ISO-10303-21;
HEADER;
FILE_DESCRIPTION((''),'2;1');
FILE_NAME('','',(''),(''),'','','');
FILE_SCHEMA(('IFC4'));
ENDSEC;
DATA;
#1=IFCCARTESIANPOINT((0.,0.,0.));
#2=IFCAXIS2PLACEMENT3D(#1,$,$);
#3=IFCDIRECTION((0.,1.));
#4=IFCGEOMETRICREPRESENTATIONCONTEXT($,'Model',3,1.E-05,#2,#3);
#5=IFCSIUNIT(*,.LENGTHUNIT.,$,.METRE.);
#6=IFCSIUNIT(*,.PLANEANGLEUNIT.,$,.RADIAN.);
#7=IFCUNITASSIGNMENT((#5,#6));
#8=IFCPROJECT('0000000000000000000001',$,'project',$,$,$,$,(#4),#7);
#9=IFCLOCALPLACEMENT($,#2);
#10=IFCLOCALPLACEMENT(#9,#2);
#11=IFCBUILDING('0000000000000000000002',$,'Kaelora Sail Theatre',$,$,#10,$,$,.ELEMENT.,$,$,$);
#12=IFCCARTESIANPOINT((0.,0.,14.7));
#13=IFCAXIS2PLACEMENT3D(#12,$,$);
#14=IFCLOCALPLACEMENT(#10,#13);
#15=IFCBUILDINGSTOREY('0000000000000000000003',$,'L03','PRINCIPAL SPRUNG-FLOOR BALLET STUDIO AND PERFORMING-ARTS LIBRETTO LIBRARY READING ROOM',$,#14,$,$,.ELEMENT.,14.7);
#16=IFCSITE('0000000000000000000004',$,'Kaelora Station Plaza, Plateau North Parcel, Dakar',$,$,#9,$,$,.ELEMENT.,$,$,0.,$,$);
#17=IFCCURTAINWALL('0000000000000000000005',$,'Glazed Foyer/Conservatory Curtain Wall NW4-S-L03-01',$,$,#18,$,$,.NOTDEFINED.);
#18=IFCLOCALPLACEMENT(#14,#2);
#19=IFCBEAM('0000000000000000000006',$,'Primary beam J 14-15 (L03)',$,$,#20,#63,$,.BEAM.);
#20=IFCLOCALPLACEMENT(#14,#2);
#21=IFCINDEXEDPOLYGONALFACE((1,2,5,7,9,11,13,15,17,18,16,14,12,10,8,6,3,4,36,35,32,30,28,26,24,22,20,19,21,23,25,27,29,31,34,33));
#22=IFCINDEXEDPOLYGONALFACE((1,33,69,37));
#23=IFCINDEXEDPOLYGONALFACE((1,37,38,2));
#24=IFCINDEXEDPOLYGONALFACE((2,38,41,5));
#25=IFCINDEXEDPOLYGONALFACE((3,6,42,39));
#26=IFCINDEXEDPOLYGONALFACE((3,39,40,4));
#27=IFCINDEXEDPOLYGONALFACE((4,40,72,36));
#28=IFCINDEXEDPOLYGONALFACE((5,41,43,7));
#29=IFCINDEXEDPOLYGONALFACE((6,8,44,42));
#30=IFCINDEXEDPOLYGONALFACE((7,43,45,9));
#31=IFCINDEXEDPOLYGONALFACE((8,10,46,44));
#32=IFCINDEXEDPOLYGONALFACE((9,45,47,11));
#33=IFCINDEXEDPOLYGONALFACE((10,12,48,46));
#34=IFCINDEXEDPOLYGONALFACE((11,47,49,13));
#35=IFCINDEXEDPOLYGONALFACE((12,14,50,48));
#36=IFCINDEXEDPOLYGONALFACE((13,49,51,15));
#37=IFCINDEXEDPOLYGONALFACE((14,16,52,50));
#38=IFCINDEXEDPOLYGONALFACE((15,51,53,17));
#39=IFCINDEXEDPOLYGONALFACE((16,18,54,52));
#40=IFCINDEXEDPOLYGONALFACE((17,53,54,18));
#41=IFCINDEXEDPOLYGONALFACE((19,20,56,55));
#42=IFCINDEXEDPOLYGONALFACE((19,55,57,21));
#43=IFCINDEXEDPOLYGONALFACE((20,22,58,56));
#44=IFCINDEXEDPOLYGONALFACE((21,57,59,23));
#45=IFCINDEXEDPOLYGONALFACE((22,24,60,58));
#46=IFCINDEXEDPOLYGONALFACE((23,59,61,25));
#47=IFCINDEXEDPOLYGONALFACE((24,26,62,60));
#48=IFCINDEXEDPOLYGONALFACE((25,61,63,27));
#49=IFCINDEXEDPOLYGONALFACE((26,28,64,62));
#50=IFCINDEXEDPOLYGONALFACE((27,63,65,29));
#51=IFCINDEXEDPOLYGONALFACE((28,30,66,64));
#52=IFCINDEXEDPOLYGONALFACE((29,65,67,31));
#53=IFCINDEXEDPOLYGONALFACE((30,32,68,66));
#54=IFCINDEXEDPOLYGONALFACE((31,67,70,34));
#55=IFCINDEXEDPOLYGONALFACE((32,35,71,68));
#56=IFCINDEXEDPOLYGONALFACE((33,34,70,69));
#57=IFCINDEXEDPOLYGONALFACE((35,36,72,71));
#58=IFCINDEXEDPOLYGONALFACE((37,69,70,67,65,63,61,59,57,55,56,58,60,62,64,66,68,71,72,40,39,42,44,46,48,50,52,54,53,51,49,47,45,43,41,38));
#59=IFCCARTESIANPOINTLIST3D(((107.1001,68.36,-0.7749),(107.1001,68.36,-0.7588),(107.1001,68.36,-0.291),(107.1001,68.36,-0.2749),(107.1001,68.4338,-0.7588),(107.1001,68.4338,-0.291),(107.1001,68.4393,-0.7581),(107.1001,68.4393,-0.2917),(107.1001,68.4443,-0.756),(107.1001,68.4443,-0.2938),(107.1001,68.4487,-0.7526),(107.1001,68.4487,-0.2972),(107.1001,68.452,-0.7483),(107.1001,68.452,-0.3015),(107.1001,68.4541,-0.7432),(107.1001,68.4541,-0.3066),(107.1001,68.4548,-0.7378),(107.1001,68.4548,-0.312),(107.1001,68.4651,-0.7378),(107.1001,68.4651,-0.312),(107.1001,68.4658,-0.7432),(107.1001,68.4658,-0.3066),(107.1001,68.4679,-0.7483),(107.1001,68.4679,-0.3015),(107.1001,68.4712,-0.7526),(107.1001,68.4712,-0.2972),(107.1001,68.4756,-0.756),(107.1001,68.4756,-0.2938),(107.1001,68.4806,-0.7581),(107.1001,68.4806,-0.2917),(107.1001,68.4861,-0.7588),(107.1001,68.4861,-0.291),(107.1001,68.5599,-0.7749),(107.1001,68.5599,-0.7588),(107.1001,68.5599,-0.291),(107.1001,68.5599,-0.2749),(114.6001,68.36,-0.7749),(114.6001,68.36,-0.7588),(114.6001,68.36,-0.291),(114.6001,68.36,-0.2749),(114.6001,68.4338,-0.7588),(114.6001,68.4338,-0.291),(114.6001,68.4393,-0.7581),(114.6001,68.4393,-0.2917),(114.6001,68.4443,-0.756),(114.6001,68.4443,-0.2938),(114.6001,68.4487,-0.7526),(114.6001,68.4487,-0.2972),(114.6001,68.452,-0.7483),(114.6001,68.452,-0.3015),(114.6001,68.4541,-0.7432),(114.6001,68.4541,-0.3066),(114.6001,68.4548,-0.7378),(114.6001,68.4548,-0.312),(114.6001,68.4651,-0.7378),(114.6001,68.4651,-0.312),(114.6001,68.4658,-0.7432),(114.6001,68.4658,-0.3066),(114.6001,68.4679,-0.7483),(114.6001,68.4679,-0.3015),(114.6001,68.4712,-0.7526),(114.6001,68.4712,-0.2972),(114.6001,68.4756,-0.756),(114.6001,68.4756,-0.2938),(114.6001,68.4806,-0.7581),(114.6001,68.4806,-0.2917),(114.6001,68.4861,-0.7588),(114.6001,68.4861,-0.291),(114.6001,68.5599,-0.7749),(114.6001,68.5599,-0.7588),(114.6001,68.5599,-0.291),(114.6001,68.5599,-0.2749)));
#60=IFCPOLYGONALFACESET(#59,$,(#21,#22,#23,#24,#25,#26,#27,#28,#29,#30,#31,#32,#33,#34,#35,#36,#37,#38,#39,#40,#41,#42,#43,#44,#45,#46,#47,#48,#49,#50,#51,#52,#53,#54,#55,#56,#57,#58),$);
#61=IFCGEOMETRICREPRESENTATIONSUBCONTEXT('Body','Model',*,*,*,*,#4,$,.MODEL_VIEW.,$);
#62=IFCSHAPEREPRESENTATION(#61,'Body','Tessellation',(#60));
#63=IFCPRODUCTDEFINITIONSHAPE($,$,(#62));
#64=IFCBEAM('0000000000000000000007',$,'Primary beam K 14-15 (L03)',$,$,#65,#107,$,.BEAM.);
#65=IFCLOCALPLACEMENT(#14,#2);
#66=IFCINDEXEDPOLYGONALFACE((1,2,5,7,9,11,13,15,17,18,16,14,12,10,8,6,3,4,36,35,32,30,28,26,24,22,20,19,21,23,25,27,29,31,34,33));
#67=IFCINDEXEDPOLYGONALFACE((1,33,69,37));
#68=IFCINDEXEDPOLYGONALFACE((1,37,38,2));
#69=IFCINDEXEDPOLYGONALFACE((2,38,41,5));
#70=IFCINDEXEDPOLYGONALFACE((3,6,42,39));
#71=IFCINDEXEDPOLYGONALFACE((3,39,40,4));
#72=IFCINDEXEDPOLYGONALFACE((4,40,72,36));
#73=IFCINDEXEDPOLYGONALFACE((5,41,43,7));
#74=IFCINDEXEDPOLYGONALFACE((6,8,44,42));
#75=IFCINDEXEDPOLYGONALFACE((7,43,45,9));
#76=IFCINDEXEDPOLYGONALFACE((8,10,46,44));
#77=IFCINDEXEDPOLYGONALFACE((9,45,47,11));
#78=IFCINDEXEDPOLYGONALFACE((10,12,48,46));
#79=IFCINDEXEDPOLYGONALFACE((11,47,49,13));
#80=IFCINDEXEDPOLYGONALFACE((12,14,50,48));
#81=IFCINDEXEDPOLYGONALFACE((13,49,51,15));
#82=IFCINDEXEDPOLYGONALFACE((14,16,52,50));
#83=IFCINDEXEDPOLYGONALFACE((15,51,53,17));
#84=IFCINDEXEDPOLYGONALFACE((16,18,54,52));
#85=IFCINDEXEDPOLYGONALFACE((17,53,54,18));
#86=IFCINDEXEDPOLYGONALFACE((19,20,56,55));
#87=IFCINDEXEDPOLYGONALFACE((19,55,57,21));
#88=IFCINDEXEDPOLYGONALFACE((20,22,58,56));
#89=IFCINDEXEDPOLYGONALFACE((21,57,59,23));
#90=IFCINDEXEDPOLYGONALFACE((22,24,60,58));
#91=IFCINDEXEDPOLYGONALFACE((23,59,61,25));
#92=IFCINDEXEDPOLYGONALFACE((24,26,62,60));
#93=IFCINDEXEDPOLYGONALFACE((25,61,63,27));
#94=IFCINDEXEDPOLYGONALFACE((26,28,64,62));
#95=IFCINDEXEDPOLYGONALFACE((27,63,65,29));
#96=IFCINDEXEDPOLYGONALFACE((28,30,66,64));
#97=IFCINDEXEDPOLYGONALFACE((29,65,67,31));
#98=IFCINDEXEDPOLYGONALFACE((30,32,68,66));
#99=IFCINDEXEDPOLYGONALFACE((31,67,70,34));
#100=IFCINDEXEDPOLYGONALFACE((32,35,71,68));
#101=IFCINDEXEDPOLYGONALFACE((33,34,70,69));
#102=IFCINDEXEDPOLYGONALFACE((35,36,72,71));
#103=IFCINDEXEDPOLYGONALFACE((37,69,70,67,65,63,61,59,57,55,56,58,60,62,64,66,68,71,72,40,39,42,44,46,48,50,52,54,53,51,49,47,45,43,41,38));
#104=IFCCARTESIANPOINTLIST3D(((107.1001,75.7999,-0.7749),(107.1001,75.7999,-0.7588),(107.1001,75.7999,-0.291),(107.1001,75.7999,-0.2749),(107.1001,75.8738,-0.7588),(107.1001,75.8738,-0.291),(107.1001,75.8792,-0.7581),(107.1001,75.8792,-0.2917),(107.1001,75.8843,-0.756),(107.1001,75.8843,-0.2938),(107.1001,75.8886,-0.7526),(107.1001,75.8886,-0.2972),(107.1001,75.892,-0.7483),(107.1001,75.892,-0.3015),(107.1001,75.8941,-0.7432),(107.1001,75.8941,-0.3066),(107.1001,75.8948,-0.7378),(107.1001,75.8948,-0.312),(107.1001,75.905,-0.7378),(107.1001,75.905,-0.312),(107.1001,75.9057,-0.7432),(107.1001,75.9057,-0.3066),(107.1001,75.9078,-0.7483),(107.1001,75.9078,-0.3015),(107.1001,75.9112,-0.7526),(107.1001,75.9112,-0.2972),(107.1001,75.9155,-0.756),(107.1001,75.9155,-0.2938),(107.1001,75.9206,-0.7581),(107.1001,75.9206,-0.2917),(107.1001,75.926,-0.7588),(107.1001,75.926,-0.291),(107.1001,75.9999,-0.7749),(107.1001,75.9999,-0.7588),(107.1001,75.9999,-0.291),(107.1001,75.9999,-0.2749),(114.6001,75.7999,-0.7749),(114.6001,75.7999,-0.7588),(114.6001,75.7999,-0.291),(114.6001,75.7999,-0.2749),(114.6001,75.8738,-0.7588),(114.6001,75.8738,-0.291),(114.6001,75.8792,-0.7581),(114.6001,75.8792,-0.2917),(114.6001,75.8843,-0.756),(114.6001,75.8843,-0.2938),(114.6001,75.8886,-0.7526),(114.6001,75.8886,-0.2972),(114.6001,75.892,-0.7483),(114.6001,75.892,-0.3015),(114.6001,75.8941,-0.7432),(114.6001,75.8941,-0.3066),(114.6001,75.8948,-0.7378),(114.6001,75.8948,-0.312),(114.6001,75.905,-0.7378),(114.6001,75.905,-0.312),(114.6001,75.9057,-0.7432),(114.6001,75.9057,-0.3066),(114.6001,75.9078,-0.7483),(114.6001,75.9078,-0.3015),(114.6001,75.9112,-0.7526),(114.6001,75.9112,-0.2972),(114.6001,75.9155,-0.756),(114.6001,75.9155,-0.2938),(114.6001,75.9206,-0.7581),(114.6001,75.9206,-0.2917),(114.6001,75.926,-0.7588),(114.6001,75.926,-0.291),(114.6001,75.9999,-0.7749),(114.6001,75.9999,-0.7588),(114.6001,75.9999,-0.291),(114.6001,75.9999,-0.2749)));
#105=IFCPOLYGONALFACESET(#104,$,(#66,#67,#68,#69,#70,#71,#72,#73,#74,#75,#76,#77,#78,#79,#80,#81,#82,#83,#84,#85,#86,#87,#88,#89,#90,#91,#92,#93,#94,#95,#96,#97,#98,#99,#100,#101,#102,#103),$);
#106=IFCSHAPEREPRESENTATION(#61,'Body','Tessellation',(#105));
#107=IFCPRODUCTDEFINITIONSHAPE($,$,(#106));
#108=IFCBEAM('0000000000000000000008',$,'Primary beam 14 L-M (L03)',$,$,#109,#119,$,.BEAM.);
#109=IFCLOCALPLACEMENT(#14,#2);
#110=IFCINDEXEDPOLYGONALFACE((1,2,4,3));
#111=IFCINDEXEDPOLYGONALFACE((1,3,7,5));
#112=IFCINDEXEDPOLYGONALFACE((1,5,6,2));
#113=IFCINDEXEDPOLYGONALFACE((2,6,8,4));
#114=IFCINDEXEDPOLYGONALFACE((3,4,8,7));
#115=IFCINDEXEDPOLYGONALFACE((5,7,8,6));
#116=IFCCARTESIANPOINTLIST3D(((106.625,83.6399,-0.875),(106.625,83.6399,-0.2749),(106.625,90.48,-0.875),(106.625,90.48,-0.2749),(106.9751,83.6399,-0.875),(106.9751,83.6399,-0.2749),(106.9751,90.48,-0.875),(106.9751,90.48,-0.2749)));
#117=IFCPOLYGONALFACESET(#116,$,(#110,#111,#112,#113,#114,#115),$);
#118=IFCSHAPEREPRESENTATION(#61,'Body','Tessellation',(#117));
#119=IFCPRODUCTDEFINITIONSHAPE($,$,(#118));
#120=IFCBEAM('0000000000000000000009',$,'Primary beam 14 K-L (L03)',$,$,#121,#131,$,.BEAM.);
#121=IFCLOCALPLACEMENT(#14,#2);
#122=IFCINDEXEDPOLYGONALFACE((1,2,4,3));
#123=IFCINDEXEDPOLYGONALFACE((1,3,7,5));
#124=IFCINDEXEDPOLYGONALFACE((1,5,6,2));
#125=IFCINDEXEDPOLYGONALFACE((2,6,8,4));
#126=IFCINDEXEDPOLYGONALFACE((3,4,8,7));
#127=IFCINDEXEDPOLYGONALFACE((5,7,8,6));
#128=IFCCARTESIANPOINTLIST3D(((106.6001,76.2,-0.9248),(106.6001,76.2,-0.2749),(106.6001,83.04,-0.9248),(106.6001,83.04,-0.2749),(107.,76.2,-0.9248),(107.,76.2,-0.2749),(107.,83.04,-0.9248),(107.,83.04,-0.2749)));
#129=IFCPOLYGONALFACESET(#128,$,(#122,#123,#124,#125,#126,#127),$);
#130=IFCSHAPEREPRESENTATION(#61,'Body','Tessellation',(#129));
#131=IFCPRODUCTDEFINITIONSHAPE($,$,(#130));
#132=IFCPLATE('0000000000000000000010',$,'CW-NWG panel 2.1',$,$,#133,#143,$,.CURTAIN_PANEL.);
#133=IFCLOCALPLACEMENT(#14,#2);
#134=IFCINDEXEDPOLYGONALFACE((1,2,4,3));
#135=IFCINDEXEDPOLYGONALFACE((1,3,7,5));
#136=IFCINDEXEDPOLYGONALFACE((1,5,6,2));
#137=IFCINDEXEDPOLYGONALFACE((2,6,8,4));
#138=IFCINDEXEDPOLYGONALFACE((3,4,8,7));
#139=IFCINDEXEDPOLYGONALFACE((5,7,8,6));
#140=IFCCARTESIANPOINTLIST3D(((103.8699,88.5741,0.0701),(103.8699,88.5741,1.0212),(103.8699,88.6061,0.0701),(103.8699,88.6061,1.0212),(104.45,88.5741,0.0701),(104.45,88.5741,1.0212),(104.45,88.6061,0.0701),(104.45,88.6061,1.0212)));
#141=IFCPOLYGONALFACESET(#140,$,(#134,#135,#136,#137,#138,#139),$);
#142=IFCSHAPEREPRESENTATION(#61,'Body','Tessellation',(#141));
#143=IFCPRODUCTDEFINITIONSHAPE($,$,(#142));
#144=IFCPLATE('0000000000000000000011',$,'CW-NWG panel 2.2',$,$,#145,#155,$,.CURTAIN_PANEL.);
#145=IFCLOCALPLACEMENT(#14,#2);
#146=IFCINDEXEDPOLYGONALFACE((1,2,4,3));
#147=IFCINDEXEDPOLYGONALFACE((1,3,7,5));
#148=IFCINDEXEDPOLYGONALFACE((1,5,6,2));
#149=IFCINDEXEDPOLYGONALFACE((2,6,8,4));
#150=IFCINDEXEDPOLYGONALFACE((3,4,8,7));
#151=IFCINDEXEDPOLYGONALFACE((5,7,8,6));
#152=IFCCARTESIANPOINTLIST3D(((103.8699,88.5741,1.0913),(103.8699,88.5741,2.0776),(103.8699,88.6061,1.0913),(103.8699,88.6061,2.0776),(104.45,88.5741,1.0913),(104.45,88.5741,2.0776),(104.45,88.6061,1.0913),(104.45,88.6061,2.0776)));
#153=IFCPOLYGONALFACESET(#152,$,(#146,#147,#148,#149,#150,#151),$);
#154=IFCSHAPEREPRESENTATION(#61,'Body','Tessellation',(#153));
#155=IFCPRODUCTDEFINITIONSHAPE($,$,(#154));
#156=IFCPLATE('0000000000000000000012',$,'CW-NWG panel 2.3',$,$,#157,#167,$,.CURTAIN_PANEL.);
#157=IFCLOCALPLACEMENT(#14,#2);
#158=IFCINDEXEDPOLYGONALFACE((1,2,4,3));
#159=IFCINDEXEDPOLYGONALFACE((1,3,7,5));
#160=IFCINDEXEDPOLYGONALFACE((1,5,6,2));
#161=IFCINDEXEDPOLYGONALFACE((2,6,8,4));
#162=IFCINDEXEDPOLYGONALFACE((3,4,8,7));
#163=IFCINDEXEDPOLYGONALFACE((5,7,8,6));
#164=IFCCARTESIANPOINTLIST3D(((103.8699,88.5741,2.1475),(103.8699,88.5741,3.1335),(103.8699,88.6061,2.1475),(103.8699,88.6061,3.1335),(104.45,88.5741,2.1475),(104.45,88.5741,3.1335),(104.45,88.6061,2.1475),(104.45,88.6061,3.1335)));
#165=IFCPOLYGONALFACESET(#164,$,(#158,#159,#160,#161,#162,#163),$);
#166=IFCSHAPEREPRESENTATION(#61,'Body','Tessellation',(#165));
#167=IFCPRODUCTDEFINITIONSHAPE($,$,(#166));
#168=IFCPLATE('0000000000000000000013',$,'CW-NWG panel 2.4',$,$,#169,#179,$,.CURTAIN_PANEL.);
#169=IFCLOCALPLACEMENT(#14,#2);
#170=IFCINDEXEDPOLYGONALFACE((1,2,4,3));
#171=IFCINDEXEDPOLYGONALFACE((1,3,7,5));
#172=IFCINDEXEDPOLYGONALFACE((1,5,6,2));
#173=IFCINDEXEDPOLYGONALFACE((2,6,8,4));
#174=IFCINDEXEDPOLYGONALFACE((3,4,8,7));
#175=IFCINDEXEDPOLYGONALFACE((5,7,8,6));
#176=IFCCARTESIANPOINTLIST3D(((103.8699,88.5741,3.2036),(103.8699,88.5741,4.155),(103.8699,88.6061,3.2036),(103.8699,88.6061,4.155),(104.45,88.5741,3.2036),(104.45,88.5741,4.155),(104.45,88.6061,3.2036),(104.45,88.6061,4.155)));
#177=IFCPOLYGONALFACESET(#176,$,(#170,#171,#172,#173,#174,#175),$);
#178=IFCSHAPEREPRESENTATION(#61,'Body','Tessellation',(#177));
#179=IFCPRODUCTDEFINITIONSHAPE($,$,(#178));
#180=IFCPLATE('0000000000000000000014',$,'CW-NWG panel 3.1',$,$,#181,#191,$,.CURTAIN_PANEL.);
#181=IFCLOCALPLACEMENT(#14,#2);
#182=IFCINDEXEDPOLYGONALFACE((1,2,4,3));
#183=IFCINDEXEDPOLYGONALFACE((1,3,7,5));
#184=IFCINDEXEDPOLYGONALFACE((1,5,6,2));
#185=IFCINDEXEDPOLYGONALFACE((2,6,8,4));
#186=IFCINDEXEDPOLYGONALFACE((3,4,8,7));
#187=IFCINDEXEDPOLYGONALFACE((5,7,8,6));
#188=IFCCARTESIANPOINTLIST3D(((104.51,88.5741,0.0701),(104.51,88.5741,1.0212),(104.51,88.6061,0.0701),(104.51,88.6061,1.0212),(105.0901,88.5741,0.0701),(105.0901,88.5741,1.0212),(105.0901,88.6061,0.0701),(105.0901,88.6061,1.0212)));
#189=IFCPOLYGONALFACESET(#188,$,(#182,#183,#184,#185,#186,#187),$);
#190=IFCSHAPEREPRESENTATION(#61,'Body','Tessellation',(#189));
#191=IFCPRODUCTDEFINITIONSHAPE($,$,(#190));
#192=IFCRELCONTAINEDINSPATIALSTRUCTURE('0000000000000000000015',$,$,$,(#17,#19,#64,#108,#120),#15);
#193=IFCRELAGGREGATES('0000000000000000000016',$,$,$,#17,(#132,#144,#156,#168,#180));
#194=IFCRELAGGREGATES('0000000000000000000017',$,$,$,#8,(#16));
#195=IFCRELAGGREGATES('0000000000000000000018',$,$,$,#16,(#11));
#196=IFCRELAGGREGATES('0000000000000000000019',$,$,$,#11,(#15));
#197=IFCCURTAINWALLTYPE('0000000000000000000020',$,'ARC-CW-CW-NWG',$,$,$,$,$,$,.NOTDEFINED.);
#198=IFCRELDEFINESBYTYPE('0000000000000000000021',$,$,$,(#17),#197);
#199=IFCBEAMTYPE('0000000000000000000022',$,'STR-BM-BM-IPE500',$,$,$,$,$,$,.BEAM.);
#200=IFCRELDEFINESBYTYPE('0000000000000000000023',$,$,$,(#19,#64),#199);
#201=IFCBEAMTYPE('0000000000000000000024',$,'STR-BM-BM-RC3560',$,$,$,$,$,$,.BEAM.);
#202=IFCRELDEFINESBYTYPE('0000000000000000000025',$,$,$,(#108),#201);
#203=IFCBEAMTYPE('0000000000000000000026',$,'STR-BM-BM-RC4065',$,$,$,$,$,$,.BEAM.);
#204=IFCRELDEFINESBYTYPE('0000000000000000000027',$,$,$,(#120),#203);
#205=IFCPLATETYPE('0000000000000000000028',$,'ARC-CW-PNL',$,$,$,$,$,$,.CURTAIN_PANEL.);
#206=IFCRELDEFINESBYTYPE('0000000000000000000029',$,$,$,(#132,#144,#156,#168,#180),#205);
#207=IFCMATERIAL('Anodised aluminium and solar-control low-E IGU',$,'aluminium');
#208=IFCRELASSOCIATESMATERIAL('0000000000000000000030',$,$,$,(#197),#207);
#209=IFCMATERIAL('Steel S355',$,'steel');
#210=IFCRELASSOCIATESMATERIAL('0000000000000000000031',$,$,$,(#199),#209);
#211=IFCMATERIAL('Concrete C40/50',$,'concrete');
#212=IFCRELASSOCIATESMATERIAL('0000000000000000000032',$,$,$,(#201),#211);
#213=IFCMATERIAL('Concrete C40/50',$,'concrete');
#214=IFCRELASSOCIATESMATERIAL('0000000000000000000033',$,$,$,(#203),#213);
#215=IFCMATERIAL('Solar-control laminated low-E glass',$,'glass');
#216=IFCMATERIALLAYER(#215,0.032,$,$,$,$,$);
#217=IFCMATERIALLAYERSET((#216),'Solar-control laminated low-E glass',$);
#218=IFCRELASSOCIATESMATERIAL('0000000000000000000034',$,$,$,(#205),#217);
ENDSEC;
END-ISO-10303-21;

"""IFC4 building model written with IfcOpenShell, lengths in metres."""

from ifc_helpers import new_model, si_unit, direction, frame, origin, origin_2d, place, context, subcontext, project, spatial, rectangle, i_section, extrude, material, layer, layer_set, material_profile, profile_set, type_object, element, aggregate, save


model = new_model("IFC4")

# Units and contexts
model_context = context("Model", 3, precision=1e-05, world=origin(), true_north=direction((0.0, 1.0)))
body_context = subcontext(model_context, "Body", "Model", "MODEL_VIEW")
ifc_project = project(units=[si_unit("LENGTHUNIT", "METRE"), si_unit("PLANEANGLEUNIT", "RADIAN")], contexts=[model_context])

# Site, building, storey
site_placement = place(None, origin())
site = spatial("IfcSite", under=ifc_project, at=site_placement, Name="Kaelora Station Plaza, Plateau North Parcel, Dakar", CompositionType="ELEMENT", RefElevation=0.0)
building_placement = place(site_placement, origin())
building = spatial("IfcBuilding", under=site, at=building_placement, Name="Kaelora Sail Theatre", CompositionType="ELEMENT")
storey_placement = place(building_placement, frame((0.0, 0.0, 14.7)))
storey = spatial("IfcBuildingStorey", under=building, at=storey_placement, Name="L03", Description="PRINCIPAL SPRUNG-FLOOR BALLET STUDIO AND PERFORMING-ARTS LIBRETTO LIBRARY READING ROOM", CompositionType="ELEMENT", Elevation=14.7)

# Curtain wall
ifc_material_1 = material(Name="Anodised aluminium and solar-control low-E IGU", Category="aluminium")
curtain_wall_type = type_object("IfcCurtainWallType", Name="ARC-CW-CW-NWG", PredefinedType="NOTDEFINED", material=ifc_material_1)
curtain_wall_placement = place(storey_placement, origin())
curtain_wall = element("IfcCurtainWall", 1, at=curtain_wall_placement, inside=storey, type_object=curtain_wall_type, Name="Glazed Foyer/Conservatory Curtain Wall NW4-S-L03-01", PredefinedType="NOTDEFINED")

# Beams
ifc_material_2 = material(Name="Steel S355", Category="steel")
ifc_material_profile_1 = material_profile(ifc_material_2, i_section(OverallWidth=0.2, OverallDepth=0.5, WebThickness=0.0103, FlangeThickness=0.0161, FilletRadius=0.021, at=origin_2d()), Name="IPE 500")
ifc_profile_set_1 = profile_set([ifc_material_profile_1], Name="Steel S355")
beam_type_1 = type_object("IfcBeamType", Name="STR-BM-BM-IPE500", PredefinedType="BEAM", material=ifc_profile_set_1)
for number, where, z_axis, x_axis, name in (
    (2, (107.1001, 68.46, -0.5249), (1.0, 0.0, 0.0), (0.0, 1.0, 0.0), "Primary beam J 14-15 (L03)"),
    (3, (107.1001, 75.8999, -0.5249), (1.0, 0.0, 0.0), (0.0, 1.0, 0.0), "Primary beam K 14-15 (L03)"),
):
    element("IfcBeam", number, at=place(storey_placement, frame(where, z_axis=z_axis, x_axis=x_axis)), inside=storey, type_object=beam_type_1, Name=name, PredefinedType="BEAM", context=body_context, shape_type="SweptSolid", body=[
        extrude(i_section(OverallWidth=0.2, OverallDepth=0.5, WebThickness=0.0103, FlangeThickness=0.0161, FilletRadius=0.021, at=origin_2d()), origin(), (0.0, 0.0, 1.0), 7.5),
    ])
ifc_material_3 = material(Name="Concrete C40/50", Category="concrete")
ifc_material_profile_2 = material_profile(ifc_material_3, rectangle(XDim=0.3501, YDim=0.6001, at=origin_2d()), Name="RC-BM 350x600")
ifc_profile_set_2 = profile_set([ifc_material_profile_2], Name="Concrete C40/50")
beam_type_2 = type_object("IfcBeamType", Name="STR-BM-BM-RC3560", PredefinedType="BEAM", material=ifc_profile_set_2)
beam_1_placement = place(storey_placement, frame((106.8, 83.6399, -0.575), z_axis=(0.0, 1.0, 0.0), x_axis=(-1.0, 0.0, 0.0)))
element("IfcBeam", 4, at=beam_1_placement, inside=storey, type_object=beam_type_2, Name="Primary beam 14 L-M (L03)", PredefinedType="BEAM", context=body_context, shape_type="SweptSolid", body=[
    extrude(rectangle(XDim=0.3501, YDim=0.6001, at=origin_2d()), origin(), (0.0, 0.0, 1.0), 6.8401),
])
ifc_material_4 = material(Name="Concrete C40/50", Category="concrete")
ifc_material_profile_3 = material_profile(ifc_material_4, rectangle(XDim=0.3999, YDim=0.6499, at=origin_2d()), Name="RC-BM 400x650")
ifc_profile_set_3 = profile_set([ifc_material_profile_3], Name="Concrete C40/50")
beam_type_3 = type_object("IfcBeamType", Name="STR-BM-BM-RC4065", PredefinedType="BEAM", material=ifc_profile_set_3)
beam_2_placement = place(storey_placement, frame((106.8, 76.2, -0.5999), z_axis=(0.0, 1.0, 0.0), x_axis=(-1.0, 0.0, 0.0)))
element("IfcBeam", 5, at=beam_2_placement, inside=storey, type_object=beam_type_3, Name="Primary beam 14 K-L (L03)", PredefinedType="BEAM", context=body_context, shape_type="SweptSolid", body=[
    extrude(rectangle(XDim=0.3999, YDim=0.6499, at=origin_2d()), origin(), (0.0, 0.0, 1.0), 6.8401),
])

# Plates
ifc_material_5 = material(Name="Solar-control laminated low-E glass", Category="glass")
ifc_layer = layer(ifc_material_5, 0.032)
ifc_layer_set = layer_set([ifc_layer], Name="Solar-control laminated low-E glass")
plate_type = type_object("IfcPlateType", Name="ARC-CW-PNL", PredefinedType="CURTAIN_PANEL", material=ifc_layer_set)
plate_1_placement = place(storey_placement, frame((104.1599, 88.5901, 0.0701), z_axis=(0.0, 0.0, 1.0), x_axis=(1.0, 0.0, 0.0)))
plate_1 = element("IfcPlate", 6, at=plate_1_placement, type_object=plate_type, Name="CW-NWG panel 2.1", PredefinedType="CURTAIN_PANEL", context=body_context, shape_type="SweptSolid", body=[
    extrude(rectangle(XDim=0.5801, YDim=0.032, at=origin_2d()), origin(), (0.0, 0.0, 1.0), 0.9512),
])
plate_2_placement = place(storey_placement, frame((104.1599, 88.5901, 1.0913), z_axis=(0.0, 0.0, 1.0), x_axis=(1.0, 0.0, 0.0)))
plate_2 = element("IfcPlate", 7, at=plate_2_placement, type_object=plate_type, Name="CW-NWG panel 2.2", PredefinedType="CURTAIN_PANEL", context=body_context, shape_type="SweptSolid", body=[
    extrude(rectangle(XDim=0.5801, YDim=0.032, at=origin_2d()), origin(), (0.0, 0.0, 1.0), 0.9863),
])
plate_3_placement = place(storey_placement, frame((104.1599, 88.5901, 2.1475), z_axis=(0.0, 0.0, 1.0), x_axis=(1.0, 0.0, 0.0)))
plate_3 = element("IfcPlate", 8, at=plate_3_placement, type_object=plate_type, Name="CW-NWG panel 2.3", PredefinedType="CURTAIN_PANEL", context=body_context, shape_type="SweptSolid", body=[
    extrude(rectangle(XDim=0.5801, YDim=0.032, at=origin_2d()), origin(), (0.0, 0.0, 1.0), 0.9861),
])
plate_4_placement = place(storey_placement, frame((104.1599, 88.5901, 3.2036), z_axis=(0.0, 0.0, 1.0), x_axis=(1.0, 0.0, 0.0)))
plate_4 = element("IfcPlate", 9, at=plate_4_placement, type_object=plate_type, Name="CW-NWG panel 2.4", PredefinedType="CURTAIN_PANEL", context=body_context, shape_type="SweptSolid", body=[
    extrude(rectangle(XDim=0.5801, YDim=0.032, at=origin_2d()), origin(), (0.0, 0.0, 1.0), 0.9514),
])
plate_5_placement = place(storey_placement, frame((104.8, 88.5901, 0.0701), z_axis=(0.0, 0.0, 1.0), x_axis=(1.0, 0.0, 0.0)))
plate_5 = element("IfcPlate", 10, at=plate_5_placement, type_object=plate_type, Name="CW-NWG panel 3.1", PredefinedType="CURTAIN_PANEL", context=body_context, shape_type="SweptSolid", body=[
    extrude(rectangle(XDim=0.5801, YDim=0.032, at=origin_2d()), origin(), (0.0, 0.0, 1.0), 0.9512),
])
aggregate(curtain_wall, [plate_1, plate_2, plate_3, plate_4, plate_5])

save(model, "model.ifc")
